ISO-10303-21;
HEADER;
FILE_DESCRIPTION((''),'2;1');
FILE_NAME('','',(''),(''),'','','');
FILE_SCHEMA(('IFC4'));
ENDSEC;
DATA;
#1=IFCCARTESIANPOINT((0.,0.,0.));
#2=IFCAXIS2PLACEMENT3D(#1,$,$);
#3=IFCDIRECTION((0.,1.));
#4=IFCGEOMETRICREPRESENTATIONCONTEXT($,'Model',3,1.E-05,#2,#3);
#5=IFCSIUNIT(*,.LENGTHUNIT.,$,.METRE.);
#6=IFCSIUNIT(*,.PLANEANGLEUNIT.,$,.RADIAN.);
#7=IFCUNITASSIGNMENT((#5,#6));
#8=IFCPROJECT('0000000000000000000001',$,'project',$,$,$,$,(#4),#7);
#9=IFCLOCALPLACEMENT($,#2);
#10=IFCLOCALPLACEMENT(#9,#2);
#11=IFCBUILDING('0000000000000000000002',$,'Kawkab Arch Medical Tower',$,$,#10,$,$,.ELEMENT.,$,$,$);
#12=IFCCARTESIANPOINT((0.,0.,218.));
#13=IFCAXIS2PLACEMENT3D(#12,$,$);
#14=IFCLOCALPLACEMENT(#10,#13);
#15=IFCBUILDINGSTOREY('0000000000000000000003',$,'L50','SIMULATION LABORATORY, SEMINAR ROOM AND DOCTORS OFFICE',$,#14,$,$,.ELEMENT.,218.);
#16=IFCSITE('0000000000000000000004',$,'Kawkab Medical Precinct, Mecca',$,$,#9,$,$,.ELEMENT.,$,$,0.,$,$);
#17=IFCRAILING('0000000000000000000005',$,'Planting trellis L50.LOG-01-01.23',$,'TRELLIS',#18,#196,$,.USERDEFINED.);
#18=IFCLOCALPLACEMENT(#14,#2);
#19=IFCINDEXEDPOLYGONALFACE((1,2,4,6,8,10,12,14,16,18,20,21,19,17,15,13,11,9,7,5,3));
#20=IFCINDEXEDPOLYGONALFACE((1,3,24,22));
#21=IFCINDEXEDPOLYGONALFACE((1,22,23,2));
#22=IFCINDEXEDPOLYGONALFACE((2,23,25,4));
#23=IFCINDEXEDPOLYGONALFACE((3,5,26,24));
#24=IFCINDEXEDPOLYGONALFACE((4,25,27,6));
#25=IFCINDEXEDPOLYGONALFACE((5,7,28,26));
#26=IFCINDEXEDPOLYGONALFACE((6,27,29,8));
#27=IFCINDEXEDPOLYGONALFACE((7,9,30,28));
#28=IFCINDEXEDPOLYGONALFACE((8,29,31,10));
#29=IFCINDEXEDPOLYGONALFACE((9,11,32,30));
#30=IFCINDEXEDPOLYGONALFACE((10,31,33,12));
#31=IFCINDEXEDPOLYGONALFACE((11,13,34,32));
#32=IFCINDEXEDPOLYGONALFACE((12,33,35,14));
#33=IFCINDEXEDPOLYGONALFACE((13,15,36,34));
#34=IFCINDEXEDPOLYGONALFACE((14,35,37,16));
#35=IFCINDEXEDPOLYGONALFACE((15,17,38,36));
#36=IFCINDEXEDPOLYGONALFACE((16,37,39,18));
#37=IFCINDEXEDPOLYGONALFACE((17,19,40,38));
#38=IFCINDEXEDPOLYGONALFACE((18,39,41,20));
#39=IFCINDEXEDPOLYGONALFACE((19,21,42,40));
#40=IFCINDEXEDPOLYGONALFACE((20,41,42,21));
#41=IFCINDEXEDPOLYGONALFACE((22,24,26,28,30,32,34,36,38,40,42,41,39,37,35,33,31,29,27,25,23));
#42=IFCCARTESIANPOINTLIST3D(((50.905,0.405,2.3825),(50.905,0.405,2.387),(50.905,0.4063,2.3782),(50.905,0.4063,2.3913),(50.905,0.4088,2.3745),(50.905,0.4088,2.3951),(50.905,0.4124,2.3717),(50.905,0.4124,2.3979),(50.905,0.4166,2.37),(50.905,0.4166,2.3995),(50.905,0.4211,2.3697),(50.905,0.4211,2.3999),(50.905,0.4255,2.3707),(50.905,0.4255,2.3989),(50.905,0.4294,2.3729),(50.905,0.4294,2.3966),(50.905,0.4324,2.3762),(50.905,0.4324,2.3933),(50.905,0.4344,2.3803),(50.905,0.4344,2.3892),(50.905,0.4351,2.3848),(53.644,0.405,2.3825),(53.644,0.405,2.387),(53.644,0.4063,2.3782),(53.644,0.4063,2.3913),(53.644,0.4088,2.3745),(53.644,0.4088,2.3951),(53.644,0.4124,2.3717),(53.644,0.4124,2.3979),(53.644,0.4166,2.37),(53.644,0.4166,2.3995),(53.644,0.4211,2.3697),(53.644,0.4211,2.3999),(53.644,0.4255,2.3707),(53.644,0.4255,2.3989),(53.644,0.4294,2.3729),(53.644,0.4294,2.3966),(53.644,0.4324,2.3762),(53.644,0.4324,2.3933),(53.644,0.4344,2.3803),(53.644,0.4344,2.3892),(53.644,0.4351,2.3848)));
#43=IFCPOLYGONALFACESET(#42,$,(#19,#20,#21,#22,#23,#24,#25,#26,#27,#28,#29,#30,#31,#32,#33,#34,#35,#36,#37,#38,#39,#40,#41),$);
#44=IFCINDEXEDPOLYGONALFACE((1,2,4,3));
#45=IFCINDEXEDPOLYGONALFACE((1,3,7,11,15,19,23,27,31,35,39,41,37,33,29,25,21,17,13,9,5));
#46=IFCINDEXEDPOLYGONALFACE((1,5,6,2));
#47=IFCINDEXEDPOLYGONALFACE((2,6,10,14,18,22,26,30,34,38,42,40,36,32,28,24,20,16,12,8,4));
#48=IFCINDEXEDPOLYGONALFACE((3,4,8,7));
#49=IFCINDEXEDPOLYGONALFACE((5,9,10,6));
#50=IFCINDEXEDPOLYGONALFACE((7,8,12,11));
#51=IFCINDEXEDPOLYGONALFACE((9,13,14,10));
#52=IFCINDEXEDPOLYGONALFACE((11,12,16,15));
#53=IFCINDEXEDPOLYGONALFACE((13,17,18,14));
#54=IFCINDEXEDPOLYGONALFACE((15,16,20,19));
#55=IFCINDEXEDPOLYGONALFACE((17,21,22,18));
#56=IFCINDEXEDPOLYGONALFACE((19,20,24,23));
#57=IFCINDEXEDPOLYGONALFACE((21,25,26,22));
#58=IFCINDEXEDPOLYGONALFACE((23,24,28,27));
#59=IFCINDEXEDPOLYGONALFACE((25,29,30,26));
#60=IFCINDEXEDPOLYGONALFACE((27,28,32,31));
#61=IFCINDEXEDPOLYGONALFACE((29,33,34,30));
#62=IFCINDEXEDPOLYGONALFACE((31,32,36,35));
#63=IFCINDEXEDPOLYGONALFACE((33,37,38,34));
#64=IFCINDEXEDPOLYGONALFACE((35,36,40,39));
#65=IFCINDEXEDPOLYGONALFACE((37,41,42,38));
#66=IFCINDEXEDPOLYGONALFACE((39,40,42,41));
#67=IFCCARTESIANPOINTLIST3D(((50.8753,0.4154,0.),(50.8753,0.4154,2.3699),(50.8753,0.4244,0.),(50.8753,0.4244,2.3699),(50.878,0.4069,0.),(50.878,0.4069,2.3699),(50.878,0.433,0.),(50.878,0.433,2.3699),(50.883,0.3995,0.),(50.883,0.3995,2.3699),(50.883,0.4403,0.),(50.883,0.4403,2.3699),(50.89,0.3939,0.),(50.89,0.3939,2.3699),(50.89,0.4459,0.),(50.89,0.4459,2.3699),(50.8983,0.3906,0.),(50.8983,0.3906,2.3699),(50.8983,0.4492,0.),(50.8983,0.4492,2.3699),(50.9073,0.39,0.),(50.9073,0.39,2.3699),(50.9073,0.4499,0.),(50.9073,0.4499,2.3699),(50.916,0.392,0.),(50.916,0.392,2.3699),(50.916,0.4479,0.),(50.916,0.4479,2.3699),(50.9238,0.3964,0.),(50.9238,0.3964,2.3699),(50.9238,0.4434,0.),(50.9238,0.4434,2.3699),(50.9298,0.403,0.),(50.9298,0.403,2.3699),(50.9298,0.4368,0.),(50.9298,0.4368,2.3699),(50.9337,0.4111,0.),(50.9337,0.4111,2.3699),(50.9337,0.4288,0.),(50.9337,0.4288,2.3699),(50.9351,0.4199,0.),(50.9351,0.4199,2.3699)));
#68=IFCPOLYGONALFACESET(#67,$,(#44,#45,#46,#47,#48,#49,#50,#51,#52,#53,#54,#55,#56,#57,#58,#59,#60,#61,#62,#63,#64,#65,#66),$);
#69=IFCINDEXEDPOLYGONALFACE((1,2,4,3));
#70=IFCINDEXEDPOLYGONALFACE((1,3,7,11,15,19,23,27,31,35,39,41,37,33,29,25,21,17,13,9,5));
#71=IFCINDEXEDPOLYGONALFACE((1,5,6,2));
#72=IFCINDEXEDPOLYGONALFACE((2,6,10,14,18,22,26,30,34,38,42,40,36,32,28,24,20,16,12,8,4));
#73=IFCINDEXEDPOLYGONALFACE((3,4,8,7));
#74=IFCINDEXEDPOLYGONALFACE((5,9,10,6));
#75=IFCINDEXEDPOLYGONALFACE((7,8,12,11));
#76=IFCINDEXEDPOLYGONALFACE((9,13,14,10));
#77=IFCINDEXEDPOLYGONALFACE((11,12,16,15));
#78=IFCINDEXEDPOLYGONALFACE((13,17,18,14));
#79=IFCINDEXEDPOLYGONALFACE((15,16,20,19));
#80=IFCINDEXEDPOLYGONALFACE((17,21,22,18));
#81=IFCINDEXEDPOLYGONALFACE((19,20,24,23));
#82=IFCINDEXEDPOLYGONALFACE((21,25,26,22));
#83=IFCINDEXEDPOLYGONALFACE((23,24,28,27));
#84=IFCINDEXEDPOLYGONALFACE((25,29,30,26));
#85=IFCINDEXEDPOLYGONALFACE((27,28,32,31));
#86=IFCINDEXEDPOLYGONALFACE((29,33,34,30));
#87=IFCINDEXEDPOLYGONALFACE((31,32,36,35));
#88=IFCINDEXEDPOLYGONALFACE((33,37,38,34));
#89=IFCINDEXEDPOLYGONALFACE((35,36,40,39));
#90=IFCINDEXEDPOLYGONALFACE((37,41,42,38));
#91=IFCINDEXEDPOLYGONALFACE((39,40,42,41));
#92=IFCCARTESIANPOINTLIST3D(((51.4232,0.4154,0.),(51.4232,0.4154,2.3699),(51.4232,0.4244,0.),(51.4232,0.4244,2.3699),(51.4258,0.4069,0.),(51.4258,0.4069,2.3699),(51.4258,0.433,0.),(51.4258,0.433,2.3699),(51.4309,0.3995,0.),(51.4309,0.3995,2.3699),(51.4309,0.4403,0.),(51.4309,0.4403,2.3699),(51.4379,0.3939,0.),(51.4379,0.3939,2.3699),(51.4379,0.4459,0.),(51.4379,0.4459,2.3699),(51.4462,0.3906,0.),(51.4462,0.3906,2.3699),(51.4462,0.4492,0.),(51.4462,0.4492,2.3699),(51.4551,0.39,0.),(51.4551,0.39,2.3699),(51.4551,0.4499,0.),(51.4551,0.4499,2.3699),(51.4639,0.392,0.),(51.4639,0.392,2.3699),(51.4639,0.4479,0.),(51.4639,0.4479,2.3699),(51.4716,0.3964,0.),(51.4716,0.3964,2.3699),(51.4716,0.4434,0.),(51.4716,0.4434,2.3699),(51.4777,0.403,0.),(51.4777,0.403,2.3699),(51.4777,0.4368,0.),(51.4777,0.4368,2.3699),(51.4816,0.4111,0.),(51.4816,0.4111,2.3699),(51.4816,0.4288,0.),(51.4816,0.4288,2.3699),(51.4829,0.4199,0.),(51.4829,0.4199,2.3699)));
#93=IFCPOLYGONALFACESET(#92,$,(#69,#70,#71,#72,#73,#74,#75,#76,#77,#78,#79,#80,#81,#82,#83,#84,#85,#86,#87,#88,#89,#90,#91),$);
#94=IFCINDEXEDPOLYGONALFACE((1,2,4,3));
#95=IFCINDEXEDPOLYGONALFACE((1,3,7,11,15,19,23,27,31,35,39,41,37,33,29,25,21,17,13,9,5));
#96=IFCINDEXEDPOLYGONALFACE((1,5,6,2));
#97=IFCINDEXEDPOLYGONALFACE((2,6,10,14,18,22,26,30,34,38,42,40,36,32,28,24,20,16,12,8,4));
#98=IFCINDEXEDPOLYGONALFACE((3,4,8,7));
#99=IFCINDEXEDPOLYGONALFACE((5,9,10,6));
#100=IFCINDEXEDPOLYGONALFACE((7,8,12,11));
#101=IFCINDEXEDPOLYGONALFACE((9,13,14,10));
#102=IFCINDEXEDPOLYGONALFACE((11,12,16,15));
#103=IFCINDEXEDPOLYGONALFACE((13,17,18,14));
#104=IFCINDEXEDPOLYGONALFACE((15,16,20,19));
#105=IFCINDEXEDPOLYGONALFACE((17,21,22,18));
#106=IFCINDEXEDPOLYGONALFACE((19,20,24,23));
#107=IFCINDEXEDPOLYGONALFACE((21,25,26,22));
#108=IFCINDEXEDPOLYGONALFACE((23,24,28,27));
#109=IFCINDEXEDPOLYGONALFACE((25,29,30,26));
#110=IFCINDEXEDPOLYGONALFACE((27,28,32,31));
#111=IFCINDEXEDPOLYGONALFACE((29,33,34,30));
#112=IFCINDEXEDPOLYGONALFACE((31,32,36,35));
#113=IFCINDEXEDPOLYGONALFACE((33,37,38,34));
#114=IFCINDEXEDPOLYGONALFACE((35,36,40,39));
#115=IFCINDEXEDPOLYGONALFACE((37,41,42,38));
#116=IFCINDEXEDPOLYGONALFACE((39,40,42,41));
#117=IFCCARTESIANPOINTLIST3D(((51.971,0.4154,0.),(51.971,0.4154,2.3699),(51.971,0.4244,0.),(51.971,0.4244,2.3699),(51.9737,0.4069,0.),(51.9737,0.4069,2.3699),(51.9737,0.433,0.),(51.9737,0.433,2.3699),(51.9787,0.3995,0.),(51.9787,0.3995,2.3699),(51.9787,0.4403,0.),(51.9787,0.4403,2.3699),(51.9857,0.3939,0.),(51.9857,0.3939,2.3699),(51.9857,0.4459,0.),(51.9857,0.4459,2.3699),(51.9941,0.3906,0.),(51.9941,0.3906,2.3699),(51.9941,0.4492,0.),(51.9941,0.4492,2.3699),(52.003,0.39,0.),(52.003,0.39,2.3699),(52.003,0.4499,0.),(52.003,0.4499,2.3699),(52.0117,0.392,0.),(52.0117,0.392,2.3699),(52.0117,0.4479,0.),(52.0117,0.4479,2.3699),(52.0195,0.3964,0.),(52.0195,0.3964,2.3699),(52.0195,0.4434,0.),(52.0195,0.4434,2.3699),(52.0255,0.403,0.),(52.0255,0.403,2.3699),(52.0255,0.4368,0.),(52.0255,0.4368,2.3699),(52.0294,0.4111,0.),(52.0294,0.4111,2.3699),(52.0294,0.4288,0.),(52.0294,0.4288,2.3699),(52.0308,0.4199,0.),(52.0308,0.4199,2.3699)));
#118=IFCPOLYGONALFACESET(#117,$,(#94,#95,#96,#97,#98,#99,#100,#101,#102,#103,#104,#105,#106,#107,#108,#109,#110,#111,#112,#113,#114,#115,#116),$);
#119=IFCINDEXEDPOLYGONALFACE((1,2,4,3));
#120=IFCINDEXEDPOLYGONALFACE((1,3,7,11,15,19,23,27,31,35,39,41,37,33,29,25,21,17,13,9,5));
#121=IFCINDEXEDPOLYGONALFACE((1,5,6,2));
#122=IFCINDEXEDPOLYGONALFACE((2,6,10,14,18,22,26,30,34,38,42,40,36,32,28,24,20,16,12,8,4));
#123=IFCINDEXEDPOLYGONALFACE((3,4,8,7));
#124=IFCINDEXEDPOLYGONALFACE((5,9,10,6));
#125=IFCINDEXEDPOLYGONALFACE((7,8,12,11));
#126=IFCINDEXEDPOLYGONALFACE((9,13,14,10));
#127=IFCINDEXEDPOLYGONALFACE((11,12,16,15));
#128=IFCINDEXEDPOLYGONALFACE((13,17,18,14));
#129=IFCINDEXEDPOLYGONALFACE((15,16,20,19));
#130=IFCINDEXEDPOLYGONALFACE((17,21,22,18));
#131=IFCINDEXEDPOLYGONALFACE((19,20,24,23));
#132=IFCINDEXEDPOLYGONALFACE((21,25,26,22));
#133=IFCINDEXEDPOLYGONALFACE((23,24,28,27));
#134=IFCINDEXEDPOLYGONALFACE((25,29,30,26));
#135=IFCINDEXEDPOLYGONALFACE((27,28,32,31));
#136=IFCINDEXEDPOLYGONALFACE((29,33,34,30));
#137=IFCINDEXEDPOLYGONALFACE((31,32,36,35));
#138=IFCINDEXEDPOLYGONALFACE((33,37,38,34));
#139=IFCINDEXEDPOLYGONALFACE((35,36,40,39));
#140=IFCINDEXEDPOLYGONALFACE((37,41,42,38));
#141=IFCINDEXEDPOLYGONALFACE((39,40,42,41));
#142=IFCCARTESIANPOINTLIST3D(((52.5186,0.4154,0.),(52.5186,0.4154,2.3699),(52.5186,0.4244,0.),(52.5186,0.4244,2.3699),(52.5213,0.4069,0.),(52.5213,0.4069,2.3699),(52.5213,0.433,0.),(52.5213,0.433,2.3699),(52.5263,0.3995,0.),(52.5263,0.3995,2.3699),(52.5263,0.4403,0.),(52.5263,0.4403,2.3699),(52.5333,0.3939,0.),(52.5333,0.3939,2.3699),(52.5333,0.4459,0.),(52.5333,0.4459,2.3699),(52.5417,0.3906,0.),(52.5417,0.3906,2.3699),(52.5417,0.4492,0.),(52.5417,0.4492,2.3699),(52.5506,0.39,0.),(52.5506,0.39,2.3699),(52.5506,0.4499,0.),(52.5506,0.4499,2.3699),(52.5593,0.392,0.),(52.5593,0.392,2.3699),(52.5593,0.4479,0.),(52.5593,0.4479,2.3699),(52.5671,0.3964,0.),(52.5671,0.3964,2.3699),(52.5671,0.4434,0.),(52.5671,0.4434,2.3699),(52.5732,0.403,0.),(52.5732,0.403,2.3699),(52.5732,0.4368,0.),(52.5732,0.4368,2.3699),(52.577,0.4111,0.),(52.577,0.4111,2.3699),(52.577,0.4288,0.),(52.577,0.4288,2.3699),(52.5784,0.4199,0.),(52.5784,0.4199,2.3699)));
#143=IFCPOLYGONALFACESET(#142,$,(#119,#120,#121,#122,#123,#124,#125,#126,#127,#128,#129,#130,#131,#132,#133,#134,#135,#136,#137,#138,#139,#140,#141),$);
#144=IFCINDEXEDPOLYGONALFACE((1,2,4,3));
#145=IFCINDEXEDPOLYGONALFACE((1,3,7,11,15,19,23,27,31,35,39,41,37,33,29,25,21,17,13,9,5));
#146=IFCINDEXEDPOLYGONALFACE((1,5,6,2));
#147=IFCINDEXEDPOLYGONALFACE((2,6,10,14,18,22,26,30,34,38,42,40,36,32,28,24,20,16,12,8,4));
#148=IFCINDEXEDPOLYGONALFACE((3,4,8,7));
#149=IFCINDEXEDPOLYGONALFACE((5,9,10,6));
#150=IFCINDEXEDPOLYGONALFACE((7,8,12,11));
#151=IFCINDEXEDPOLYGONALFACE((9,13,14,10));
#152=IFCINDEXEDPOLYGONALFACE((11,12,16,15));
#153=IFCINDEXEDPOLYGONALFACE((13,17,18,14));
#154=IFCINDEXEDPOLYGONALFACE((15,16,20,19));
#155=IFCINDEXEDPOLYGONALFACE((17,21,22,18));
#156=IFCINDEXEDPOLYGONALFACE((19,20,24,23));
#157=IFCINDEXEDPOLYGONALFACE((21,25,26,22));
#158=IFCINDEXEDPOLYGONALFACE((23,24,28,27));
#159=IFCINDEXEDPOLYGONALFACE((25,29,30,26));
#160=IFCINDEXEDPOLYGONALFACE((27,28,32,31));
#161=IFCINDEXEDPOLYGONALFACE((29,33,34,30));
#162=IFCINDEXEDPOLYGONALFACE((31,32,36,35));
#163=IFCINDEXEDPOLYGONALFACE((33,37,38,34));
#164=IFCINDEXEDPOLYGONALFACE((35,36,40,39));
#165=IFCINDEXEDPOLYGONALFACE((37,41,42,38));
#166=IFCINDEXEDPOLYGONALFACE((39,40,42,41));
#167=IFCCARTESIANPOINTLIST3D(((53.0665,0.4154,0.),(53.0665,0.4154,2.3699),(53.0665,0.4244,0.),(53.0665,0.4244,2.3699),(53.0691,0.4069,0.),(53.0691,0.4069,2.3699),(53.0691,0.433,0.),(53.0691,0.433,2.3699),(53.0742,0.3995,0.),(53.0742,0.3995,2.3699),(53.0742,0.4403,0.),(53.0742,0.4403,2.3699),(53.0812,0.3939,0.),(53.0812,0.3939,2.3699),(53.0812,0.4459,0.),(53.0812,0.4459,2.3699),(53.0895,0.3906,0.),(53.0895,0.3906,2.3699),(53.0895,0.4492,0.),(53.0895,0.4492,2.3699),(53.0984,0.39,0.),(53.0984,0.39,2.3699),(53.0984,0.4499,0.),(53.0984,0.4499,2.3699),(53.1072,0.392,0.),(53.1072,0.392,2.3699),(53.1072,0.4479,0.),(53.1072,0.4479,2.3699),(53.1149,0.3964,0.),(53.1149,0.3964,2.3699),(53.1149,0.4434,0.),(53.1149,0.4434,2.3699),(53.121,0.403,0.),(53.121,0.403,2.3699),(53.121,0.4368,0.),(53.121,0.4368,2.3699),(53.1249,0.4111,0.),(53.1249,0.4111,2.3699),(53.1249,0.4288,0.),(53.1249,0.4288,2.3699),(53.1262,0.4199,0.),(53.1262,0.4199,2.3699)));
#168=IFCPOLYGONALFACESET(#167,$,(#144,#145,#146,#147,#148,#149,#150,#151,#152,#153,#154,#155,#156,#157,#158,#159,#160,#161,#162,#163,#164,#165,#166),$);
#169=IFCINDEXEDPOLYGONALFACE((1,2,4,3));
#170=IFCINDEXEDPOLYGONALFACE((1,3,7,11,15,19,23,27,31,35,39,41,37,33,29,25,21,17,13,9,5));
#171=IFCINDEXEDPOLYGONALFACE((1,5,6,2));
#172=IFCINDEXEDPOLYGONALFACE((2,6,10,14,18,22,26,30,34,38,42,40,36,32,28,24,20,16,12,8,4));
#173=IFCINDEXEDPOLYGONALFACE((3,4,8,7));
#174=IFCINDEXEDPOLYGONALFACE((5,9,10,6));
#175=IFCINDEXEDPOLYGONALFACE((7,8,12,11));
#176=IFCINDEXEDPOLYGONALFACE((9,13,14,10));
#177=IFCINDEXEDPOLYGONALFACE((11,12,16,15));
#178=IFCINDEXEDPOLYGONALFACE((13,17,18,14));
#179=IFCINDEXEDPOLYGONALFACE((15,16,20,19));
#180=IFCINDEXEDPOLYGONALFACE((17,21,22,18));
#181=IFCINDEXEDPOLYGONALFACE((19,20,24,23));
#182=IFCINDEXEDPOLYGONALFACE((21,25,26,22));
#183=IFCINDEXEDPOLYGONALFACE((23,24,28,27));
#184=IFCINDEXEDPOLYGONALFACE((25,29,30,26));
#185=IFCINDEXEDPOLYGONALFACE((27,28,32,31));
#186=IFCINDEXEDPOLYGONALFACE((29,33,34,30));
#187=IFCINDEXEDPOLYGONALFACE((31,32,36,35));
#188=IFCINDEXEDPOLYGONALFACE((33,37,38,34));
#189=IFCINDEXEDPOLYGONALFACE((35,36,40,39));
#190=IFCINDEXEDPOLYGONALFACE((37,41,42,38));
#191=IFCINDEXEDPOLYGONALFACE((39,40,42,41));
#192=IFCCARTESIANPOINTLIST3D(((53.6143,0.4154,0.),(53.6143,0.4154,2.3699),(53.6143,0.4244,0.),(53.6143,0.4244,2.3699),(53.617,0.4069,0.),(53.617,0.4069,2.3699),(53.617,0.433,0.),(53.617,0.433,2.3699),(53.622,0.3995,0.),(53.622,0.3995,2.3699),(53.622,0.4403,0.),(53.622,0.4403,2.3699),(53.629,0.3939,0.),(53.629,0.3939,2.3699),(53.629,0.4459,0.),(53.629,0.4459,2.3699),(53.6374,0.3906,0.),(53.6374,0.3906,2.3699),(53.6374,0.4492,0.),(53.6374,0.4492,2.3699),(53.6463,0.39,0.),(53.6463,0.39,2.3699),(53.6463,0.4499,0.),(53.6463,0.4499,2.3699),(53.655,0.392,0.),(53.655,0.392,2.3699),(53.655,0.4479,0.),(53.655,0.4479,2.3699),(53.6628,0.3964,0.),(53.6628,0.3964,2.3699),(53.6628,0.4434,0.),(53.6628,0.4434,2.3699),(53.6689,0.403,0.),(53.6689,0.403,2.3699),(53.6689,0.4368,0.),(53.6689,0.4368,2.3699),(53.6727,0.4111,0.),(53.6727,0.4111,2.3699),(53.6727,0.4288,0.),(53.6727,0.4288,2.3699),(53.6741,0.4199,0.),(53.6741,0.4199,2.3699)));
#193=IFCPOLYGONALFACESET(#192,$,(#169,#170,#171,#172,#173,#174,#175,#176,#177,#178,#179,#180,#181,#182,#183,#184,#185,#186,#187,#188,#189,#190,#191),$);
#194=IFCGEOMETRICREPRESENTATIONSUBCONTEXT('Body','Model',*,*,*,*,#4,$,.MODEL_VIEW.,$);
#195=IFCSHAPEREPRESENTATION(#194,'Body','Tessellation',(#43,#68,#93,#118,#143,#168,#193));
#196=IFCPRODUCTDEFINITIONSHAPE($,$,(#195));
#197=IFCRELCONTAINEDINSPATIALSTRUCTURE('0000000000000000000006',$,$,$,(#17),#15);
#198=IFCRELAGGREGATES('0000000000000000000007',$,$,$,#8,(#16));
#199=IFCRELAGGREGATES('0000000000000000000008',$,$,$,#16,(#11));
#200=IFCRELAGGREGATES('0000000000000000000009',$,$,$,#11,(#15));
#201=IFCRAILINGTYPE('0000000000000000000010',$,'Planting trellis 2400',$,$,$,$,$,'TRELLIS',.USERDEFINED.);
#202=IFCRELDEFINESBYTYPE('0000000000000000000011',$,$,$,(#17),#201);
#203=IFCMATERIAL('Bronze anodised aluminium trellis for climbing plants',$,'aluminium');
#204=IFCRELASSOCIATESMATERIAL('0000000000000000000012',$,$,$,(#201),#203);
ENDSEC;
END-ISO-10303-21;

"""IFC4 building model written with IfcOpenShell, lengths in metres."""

from ifc_helpers import new_model, si_unit, direction, frame, origin, origin_2d, place, context, subcontext, project, spatial, circle, extrude, material, type_object, element, save


model = new_model("IFC4")

# Units and contexts
model_context = context("Model", 3, precision=1e-05, world=origin(), true_north=direction((0.0, 1.0)))
body_context = subcontext(model_context, "Body", "Model", "MODEL_VIEW")
ifc_project = project(units=[si_unit("LENGTHUNIT", "METRE"), si_unit("PLANEANGLEUNIT", "RADIAN")], contexts=[model_context])

# Site, building, storey
site_placement = place(None, origin())
site = spatial("IfcSite", under=ifc_project, at=site_placement, Name="Kawkab Medical Precinct, Mecca", CompositionType="ELEMENT", RefElevation=0.0)
building_placement = place(site_placement, origin())
building = spatial("IfcBuilding", under=site, at=building_placement, Name="Kawkab Arch Medical Tower", CompositionType="ELEMENT")
storey_placement = place(building_placement, frame((0.0, 0.0, 218.0)))
storey = spatial("IfcBuildingStorey", under=building, at=storey_placement, Name="L50", Description="SIMULATION LABORATORY, SEMINAR ROOM AND DOCTORS OFFICE", CompositionType="ELEMENT", Elevation=218.0)

# Railing
ifc_material_1 = material(Name="Bronze anodised aluminium trellis for climbing plants", Category="aluminium")
railing_type_1 = type_object("IfcRailingType", Name="Planting trellis 2400", ElementType="TRELLIS", PredefinedType="USERDEFINED", material=ifc_material_1)
railing_1_placement = place(storey_placement, frame((50.905, 0.4199, 0.0)))
element("IfcRailing", 1, at=railing_1_placement, inside=storey, type_object=railing_type_1, Name="Planting trellis L50.LOG-01-01.23", ObjectType="TRELLIS", PredefinedType="USERDEFINED", context=body_context, shape_type="SweptSolid", body=[
    extrude(circle(Radius=0.0151, at=origin_2d()), frame((0.0, 0.0, 2.3848), z_axis=(1.0, 0.0, 0.0), x_axis=(0.0, 1.0, 0.0)), (0.0, 0.0, 1.0), 2.739),
    extrude(circle(Radius=0.03, at=origin_2d()), origin(), (0.0, 0.0, 1.0), 2.3699),
    extrude(circle(Radius=0.03, at=origin_2d()), frame((0.5479, 0.0, 0.0)), (0.0, 0.0, 1.0), 2.3699),
    extrude(circle(Radius=0.03, at=origin_2d()), frame((1.0957, 0.0, 0.0)), (0.0, 0.0, 1.0), 2.3699),
    extrude(circle(Radius=0.03, at=origin_2d()), frame((1.6433, 0.0, 0.0)), (0.0, 0.0, 1.0), 2.3699),
    extrude(circle(Radius=0.03, at=origin_2d()), frame((2.1912, 0.0, 0.0)), (0.0, 0.0, 1.0), 2.3699),
    extrude(circle(Radius=0.03, at=origin_2d()), frame((2.739, 0.0, 0.0)), (0.0, 0.0, 1.0), 2.3699),
])

save(model, "model.ifc")
